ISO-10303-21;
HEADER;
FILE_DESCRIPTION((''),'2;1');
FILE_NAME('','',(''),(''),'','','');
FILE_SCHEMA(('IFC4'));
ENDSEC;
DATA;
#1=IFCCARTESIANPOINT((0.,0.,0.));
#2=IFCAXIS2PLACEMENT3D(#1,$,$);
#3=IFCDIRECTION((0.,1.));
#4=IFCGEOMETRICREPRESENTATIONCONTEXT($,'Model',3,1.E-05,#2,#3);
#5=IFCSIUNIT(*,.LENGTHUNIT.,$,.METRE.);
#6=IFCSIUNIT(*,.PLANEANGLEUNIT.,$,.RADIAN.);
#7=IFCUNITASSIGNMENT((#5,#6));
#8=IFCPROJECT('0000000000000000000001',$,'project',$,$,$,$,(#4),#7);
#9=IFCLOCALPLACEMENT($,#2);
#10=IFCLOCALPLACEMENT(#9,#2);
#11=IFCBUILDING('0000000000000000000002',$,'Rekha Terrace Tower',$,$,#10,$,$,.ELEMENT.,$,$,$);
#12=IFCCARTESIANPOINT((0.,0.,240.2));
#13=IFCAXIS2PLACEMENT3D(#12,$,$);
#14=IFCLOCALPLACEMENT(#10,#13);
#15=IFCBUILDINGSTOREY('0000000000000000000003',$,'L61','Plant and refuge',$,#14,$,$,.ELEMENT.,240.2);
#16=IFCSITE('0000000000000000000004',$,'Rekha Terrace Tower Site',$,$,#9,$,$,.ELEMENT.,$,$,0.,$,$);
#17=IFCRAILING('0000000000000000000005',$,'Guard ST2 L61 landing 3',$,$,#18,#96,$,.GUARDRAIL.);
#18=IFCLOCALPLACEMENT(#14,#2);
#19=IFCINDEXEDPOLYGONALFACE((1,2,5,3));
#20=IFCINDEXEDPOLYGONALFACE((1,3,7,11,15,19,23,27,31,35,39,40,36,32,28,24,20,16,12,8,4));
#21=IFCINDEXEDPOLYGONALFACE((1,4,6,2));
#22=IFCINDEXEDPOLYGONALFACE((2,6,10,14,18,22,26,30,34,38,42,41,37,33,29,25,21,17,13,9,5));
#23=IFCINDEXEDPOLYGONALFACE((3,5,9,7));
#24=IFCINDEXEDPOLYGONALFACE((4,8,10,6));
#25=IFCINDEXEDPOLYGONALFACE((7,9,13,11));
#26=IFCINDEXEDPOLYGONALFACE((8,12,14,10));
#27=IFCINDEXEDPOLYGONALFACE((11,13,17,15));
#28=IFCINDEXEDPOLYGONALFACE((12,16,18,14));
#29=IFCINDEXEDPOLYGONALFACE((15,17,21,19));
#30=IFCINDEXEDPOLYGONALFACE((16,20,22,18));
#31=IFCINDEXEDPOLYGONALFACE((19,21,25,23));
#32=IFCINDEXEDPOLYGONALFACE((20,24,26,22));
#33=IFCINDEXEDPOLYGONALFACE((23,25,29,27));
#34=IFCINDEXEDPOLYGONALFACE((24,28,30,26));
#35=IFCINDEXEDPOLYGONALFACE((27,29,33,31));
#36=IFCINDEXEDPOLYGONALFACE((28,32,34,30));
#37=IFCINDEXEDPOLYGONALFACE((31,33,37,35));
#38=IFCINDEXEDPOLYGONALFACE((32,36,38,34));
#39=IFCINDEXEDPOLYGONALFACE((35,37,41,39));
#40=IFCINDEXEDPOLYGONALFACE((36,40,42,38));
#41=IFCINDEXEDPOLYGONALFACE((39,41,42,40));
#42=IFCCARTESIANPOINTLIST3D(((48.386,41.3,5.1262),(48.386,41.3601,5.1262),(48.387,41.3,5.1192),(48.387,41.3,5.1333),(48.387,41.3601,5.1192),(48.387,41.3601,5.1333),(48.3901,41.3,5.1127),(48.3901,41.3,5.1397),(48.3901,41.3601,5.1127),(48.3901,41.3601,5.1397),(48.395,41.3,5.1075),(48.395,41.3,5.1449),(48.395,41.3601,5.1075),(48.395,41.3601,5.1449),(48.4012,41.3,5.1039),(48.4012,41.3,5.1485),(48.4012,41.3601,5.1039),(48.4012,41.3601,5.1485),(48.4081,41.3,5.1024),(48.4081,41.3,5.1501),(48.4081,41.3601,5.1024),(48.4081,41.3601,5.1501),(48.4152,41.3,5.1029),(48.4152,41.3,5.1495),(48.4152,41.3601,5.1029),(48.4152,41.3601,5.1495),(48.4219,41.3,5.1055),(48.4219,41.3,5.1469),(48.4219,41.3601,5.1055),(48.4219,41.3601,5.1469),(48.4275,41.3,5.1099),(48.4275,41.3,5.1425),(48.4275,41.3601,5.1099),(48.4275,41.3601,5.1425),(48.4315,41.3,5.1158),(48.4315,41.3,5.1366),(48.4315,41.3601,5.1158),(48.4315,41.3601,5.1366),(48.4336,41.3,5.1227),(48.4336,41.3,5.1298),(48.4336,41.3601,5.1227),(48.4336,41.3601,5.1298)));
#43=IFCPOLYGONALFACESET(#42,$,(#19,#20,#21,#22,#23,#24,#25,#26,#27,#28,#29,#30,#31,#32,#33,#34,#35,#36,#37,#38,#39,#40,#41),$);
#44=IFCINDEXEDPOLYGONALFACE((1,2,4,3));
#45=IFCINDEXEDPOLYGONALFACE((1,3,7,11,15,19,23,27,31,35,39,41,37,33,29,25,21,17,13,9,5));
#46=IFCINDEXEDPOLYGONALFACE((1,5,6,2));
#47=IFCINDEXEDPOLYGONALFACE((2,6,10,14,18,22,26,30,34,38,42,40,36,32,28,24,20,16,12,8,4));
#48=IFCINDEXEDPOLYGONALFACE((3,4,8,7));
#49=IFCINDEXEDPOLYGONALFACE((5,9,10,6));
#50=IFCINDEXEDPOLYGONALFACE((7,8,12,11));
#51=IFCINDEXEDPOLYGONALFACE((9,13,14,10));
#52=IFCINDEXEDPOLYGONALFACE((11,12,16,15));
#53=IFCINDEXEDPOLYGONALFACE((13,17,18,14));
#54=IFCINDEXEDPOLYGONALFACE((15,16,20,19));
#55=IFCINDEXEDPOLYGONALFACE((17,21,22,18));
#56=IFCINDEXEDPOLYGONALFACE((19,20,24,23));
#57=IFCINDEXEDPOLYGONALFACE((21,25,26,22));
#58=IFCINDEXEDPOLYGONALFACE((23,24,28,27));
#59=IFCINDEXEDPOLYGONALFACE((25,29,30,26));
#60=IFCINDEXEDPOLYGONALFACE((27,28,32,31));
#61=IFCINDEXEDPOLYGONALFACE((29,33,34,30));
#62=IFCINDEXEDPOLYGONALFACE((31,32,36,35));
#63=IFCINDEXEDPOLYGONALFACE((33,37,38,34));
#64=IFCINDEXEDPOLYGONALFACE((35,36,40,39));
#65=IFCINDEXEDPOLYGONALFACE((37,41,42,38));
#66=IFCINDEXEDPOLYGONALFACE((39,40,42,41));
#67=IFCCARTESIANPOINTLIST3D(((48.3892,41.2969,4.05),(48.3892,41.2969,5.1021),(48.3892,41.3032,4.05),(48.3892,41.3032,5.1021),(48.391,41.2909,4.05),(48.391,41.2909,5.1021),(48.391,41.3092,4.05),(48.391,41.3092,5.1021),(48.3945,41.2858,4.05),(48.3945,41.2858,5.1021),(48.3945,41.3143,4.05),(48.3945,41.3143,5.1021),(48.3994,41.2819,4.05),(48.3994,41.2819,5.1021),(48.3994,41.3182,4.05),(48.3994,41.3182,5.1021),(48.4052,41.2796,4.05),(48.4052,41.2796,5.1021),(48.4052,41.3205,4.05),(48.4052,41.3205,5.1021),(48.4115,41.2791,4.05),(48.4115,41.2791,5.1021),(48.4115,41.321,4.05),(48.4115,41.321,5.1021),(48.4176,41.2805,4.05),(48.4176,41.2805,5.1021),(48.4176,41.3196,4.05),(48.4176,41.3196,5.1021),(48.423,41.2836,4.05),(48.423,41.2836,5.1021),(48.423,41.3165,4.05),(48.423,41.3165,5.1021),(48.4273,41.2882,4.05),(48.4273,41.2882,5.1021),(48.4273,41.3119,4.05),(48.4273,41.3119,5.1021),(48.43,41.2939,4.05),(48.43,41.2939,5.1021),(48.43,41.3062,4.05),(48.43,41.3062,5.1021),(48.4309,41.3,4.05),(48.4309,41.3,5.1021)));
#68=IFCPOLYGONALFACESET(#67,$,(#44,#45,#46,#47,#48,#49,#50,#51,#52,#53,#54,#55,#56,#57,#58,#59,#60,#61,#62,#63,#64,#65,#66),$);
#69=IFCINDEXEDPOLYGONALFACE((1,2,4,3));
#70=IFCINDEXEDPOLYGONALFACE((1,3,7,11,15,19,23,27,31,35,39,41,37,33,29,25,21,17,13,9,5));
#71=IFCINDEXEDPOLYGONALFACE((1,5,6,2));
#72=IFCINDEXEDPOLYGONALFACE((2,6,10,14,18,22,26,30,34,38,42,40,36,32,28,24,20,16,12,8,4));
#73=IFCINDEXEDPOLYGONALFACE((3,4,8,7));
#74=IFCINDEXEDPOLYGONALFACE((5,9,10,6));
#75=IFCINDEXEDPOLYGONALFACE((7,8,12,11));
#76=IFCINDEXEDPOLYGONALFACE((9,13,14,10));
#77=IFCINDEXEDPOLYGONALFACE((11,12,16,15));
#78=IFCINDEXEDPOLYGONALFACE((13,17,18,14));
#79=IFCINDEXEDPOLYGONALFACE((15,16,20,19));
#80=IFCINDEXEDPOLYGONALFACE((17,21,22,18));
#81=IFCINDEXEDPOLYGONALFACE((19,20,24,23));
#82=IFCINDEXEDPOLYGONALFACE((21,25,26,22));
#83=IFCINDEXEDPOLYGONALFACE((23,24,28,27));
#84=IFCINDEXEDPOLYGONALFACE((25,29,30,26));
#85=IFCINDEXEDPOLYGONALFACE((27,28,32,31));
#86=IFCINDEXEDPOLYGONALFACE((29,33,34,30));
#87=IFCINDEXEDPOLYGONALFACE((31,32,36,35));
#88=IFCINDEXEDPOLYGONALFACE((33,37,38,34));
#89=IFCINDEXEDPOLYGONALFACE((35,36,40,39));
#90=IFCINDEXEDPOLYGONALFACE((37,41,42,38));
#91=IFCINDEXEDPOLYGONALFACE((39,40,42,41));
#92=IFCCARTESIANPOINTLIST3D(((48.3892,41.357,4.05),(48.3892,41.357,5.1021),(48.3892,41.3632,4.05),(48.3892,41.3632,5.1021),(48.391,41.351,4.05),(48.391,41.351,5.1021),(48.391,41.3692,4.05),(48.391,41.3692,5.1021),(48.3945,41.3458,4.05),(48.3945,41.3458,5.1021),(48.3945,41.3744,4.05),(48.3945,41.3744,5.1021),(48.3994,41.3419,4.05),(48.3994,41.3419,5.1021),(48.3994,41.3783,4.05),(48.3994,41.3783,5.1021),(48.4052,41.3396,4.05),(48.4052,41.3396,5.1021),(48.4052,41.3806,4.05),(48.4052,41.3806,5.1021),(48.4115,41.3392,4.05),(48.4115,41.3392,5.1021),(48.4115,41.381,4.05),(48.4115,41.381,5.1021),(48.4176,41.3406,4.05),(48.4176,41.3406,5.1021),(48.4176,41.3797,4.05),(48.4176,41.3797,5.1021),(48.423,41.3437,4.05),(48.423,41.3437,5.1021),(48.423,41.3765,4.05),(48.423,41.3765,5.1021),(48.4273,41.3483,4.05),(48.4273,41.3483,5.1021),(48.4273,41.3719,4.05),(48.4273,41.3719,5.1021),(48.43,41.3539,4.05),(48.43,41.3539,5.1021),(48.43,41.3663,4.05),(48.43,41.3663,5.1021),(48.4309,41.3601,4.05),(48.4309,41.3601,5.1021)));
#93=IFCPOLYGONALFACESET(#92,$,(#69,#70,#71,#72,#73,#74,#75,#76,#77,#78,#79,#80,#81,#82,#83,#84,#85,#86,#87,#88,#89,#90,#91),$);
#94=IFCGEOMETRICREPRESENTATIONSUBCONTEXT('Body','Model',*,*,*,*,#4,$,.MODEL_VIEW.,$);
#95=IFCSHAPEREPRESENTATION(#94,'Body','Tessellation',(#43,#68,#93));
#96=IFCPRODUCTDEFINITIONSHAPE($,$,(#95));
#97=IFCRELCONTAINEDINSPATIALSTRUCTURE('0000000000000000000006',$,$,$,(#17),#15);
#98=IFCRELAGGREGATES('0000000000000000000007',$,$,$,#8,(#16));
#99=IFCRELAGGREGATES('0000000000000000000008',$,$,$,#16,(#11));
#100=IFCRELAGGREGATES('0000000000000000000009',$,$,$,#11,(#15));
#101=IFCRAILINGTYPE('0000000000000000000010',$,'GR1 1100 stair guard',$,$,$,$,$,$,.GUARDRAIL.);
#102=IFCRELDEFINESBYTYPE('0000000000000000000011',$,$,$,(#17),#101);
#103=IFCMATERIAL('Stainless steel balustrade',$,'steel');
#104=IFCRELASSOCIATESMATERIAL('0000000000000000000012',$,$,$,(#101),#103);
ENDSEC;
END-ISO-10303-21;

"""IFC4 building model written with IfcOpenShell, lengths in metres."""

from ifc_helpers import new_model, si_unit, direction, frame, origin, origin_2d, place, context, subcontext, project, spatial, circle, extrude, material, type_object, element, save


model = new_model("IFC4")

# Units and contexts
model_context = context("Model", 3, precision=1e-05, world=origin(), true_north=direction((0.0, 1.0)))
body_context = subcontext(model_context, "Body", "Model", "MODEL_VIEW")
ifc_project = project(units=[si_unit("LENGTHUNIT", "METRE"), si_unit("PLANEANGLEUNIT", "RADIAN")], contexts=[model_context])

# Site, building, storey
site_placement = place(None, origin())
site = spatial("IfcSite", under=ifc_project, at=site_placement, Name="Rekha Terrace Tower Site", CompositionType="ELEMENT", RefElevation=0.0)
building_placement = place(site_placement, origin())
building = spatial("IfcBuilding", under=site, at=building_placement, Name="Rekha Terrace Tower", CompositionType="ELEMENT")
storey_placement = place(building_placement, frame((0.0, 0.0, 240.2)))
storey = spatial("IfcBuildingStorey", under=building, at=storey_placement, Name="L61", Description="Plant and refuge", CompositionType="ELEMENT", Elevation=240.2)

# Railing
ifc_material_1 = material(Name="Stainless steel balustrade", Category="steel")
railing_type_1 = type_object("IfcRailingType", Name="GR1 1100 stair guard", PredefinedType="GUARDRAIL", material=ifc_material_1)
railing_1_placement = place(storey_placement, frame((48.4099, 41.3, 4.05)))
element("IfcRailing", 1, at=railing_1_placement, inside=storey, type_object=railing_type_1, Name="Guard ST2 L61 landing 3", PredefinedType="GUARDRAIL", context=body_context, shape_type="SweptSolid", body=[
    extrude(circle(Radius=0.0239, at=origin_2d()), frame((0.0, 0.0, 1.0762), z_axis=(0.0, 1.0, 0.0), x_axis=(-1.0, 0.0, 0.0)), (0.0, 0.0, 1.0), 0.0601),
    extrude(circle(Radius=0.021, at=origin_2d()), origin(), (0.0, 0.0, 1.0), 1.052),
    extrude(circle(Radius=0.021, at=origin_2d()), frame((0.0, 0.0601, 0.0)), (0.0, 0.0, 1.0), 1.052),
])

save(model, "model.ifc")
